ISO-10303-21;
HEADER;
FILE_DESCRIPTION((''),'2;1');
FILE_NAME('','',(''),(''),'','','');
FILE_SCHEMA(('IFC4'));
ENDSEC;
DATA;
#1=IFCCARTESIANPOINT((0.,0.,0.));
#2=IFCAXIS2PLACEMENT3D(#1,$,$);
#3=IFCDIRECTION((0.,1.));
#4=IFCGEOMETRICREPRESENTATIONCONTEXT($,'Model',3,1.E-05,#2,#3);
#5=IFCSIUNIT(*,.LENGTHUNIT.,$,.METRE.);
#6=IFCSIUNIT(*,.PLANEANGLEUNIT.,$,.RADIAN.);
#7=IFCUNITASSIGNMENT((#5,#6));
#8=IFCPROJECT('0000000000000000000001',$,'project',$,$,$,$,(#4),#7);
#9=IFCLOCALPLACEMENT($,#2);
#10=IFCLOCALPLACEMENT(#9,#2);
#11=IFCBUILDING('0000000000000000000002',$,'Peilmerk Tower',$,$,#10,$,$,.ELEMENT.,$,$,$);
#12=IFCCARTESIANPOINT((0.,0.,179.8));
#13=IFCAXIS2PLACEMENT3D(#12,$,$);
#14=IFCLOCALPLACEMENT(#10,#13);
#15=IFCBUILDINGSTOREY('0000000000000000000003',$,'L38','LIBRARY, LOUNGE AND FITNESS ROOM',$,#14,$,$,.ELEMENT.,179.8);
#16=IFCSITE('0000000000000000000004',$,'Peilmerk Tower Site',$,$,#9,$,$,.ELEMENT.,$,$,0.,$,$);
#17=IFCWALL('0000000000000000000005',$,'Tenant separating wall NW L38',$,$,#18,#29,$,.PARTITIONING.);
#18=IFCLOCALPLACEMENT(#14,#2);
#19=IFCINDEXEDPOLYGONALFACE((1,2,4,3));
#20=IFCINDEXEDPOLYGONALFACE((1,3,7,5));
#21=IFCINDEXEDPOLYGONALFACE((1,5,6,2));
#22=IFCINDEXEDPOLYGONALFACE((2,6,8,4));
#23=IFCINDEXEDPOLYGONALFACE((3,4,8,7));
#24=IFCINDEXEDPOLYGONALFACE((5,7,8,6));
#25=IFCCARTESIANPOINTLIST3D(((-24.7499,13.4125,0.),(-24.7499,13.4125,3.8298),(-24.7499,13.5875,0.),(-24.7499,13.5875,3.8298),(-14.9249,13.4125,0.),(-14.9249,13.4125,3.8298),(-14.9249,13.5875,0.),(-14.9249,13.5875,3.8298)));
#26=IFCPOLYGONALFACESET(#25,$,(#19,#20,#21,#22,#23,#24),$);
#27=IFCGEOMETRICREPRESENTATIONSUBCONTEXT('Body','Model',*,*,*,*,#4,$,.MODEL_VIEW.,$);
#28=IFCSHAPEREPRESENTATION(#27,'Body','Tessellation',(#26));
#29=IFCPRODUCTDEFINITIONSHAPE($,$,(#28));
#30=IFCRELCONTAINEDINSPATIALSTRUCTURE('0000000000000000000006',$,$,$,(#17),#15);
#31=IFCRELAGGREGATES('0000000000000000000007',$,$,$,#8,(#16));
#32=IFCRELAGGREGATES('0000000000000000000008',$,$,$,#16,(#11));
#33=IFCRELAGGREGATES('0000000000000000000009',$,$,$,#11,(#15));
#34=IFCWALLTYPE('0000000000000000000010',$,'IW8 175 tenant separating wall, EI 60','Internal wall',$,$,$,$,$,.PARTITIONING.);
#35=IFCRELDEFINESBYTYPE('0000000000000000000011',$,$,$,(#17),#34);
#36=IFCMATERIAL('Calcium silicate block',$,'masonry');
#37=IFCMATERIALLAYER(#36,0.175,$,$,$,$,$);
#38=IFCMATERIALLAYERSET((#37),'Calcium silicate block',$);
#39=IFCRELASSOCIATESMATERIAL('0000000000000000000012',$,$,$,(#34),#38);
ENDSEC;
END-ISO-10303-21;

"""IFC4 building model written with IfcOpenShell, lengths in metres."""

from ifc_helpers import new_model, si_unit, direction, frame, frame_2d, origin, place, context, subcontext, project, spatial, rectangle, extrude, material, layer, layer_set, type_object, element, save


model = new_model("IFC4")

# Units and contexts
model_context = context("Model", 3, precision=1e-05, world=origin(), true_north=direction((0.0, 1.0)))
body_context = subcontext(model_context, "Body", "Model", "MODEL_VIEW")
ifc_project = project(units=[si_unit("LENGTHUNIT", "METRE"), si_unit("PLANEANGLEUNIT", "RADIAN")], contexts=[model_context])

# Site, building, storey
site_placement = place(None, origin())
site = spatial("IfcSite", under=ifc_project, at=site_placement, Name="Peilmerk Tower Site", CompositionType="ELEMENT", RefElevation=0.0)
building_placement = place(site_placement, origin())
building = spatial("IfcBuilding", under=site, at=building_placement, Name="Peilmerk Tower", CompositionType="ELEMENT")
storey_placement = place(building_placement, frame((0.0, 0.0, 179.8)))
storey = spatial("IfcBuildingStorey", under=building, at=storey_placement, Name="L38", Description="LIBRARY, LOUNGE AND FITNESS ROOM", CompositionType="ELEMENT", Elevation=179.8)

# Wall
ifc_material_1 = material(Name="Calcium silicate block", Category="masonry")
ifc_layer_1 = layer(ifc_material_1, 0.175)
ifc_layer_set_1 = layer_set([ifc_layer_1], Name="Calcium silicate block")
wall_type_1 = type_object("IfcWallType", Name="IW8 175 tenant separating wall, EI 60", Description="Internal wall", PredefinedType="PARTITIONING", material=ifc_layer_set_1)
wall_1_placement = place(storey_placement, frame((-24.75, 13.5, 0.0), z_axis=(0.0, 0.0, 1.0), x_axis=(1.0, 0.0, 0.0)))
element("IfcWall", 1, at=wall_1_placement, inside=storey, type_object=wall_type_1, Name="Tenant separating wall NW L38", PredefinedType="PARTITIONING", context=body_context, shape_type="SweptSolid", body=[
    extrude(rectangle(XDim=9.825, YDim=0.175, at=frame_2d((4.9126, 0.0))), origin(), (0.0, 0.0, 1.0), 3.8298),
])

save(model, "model.ifc")
